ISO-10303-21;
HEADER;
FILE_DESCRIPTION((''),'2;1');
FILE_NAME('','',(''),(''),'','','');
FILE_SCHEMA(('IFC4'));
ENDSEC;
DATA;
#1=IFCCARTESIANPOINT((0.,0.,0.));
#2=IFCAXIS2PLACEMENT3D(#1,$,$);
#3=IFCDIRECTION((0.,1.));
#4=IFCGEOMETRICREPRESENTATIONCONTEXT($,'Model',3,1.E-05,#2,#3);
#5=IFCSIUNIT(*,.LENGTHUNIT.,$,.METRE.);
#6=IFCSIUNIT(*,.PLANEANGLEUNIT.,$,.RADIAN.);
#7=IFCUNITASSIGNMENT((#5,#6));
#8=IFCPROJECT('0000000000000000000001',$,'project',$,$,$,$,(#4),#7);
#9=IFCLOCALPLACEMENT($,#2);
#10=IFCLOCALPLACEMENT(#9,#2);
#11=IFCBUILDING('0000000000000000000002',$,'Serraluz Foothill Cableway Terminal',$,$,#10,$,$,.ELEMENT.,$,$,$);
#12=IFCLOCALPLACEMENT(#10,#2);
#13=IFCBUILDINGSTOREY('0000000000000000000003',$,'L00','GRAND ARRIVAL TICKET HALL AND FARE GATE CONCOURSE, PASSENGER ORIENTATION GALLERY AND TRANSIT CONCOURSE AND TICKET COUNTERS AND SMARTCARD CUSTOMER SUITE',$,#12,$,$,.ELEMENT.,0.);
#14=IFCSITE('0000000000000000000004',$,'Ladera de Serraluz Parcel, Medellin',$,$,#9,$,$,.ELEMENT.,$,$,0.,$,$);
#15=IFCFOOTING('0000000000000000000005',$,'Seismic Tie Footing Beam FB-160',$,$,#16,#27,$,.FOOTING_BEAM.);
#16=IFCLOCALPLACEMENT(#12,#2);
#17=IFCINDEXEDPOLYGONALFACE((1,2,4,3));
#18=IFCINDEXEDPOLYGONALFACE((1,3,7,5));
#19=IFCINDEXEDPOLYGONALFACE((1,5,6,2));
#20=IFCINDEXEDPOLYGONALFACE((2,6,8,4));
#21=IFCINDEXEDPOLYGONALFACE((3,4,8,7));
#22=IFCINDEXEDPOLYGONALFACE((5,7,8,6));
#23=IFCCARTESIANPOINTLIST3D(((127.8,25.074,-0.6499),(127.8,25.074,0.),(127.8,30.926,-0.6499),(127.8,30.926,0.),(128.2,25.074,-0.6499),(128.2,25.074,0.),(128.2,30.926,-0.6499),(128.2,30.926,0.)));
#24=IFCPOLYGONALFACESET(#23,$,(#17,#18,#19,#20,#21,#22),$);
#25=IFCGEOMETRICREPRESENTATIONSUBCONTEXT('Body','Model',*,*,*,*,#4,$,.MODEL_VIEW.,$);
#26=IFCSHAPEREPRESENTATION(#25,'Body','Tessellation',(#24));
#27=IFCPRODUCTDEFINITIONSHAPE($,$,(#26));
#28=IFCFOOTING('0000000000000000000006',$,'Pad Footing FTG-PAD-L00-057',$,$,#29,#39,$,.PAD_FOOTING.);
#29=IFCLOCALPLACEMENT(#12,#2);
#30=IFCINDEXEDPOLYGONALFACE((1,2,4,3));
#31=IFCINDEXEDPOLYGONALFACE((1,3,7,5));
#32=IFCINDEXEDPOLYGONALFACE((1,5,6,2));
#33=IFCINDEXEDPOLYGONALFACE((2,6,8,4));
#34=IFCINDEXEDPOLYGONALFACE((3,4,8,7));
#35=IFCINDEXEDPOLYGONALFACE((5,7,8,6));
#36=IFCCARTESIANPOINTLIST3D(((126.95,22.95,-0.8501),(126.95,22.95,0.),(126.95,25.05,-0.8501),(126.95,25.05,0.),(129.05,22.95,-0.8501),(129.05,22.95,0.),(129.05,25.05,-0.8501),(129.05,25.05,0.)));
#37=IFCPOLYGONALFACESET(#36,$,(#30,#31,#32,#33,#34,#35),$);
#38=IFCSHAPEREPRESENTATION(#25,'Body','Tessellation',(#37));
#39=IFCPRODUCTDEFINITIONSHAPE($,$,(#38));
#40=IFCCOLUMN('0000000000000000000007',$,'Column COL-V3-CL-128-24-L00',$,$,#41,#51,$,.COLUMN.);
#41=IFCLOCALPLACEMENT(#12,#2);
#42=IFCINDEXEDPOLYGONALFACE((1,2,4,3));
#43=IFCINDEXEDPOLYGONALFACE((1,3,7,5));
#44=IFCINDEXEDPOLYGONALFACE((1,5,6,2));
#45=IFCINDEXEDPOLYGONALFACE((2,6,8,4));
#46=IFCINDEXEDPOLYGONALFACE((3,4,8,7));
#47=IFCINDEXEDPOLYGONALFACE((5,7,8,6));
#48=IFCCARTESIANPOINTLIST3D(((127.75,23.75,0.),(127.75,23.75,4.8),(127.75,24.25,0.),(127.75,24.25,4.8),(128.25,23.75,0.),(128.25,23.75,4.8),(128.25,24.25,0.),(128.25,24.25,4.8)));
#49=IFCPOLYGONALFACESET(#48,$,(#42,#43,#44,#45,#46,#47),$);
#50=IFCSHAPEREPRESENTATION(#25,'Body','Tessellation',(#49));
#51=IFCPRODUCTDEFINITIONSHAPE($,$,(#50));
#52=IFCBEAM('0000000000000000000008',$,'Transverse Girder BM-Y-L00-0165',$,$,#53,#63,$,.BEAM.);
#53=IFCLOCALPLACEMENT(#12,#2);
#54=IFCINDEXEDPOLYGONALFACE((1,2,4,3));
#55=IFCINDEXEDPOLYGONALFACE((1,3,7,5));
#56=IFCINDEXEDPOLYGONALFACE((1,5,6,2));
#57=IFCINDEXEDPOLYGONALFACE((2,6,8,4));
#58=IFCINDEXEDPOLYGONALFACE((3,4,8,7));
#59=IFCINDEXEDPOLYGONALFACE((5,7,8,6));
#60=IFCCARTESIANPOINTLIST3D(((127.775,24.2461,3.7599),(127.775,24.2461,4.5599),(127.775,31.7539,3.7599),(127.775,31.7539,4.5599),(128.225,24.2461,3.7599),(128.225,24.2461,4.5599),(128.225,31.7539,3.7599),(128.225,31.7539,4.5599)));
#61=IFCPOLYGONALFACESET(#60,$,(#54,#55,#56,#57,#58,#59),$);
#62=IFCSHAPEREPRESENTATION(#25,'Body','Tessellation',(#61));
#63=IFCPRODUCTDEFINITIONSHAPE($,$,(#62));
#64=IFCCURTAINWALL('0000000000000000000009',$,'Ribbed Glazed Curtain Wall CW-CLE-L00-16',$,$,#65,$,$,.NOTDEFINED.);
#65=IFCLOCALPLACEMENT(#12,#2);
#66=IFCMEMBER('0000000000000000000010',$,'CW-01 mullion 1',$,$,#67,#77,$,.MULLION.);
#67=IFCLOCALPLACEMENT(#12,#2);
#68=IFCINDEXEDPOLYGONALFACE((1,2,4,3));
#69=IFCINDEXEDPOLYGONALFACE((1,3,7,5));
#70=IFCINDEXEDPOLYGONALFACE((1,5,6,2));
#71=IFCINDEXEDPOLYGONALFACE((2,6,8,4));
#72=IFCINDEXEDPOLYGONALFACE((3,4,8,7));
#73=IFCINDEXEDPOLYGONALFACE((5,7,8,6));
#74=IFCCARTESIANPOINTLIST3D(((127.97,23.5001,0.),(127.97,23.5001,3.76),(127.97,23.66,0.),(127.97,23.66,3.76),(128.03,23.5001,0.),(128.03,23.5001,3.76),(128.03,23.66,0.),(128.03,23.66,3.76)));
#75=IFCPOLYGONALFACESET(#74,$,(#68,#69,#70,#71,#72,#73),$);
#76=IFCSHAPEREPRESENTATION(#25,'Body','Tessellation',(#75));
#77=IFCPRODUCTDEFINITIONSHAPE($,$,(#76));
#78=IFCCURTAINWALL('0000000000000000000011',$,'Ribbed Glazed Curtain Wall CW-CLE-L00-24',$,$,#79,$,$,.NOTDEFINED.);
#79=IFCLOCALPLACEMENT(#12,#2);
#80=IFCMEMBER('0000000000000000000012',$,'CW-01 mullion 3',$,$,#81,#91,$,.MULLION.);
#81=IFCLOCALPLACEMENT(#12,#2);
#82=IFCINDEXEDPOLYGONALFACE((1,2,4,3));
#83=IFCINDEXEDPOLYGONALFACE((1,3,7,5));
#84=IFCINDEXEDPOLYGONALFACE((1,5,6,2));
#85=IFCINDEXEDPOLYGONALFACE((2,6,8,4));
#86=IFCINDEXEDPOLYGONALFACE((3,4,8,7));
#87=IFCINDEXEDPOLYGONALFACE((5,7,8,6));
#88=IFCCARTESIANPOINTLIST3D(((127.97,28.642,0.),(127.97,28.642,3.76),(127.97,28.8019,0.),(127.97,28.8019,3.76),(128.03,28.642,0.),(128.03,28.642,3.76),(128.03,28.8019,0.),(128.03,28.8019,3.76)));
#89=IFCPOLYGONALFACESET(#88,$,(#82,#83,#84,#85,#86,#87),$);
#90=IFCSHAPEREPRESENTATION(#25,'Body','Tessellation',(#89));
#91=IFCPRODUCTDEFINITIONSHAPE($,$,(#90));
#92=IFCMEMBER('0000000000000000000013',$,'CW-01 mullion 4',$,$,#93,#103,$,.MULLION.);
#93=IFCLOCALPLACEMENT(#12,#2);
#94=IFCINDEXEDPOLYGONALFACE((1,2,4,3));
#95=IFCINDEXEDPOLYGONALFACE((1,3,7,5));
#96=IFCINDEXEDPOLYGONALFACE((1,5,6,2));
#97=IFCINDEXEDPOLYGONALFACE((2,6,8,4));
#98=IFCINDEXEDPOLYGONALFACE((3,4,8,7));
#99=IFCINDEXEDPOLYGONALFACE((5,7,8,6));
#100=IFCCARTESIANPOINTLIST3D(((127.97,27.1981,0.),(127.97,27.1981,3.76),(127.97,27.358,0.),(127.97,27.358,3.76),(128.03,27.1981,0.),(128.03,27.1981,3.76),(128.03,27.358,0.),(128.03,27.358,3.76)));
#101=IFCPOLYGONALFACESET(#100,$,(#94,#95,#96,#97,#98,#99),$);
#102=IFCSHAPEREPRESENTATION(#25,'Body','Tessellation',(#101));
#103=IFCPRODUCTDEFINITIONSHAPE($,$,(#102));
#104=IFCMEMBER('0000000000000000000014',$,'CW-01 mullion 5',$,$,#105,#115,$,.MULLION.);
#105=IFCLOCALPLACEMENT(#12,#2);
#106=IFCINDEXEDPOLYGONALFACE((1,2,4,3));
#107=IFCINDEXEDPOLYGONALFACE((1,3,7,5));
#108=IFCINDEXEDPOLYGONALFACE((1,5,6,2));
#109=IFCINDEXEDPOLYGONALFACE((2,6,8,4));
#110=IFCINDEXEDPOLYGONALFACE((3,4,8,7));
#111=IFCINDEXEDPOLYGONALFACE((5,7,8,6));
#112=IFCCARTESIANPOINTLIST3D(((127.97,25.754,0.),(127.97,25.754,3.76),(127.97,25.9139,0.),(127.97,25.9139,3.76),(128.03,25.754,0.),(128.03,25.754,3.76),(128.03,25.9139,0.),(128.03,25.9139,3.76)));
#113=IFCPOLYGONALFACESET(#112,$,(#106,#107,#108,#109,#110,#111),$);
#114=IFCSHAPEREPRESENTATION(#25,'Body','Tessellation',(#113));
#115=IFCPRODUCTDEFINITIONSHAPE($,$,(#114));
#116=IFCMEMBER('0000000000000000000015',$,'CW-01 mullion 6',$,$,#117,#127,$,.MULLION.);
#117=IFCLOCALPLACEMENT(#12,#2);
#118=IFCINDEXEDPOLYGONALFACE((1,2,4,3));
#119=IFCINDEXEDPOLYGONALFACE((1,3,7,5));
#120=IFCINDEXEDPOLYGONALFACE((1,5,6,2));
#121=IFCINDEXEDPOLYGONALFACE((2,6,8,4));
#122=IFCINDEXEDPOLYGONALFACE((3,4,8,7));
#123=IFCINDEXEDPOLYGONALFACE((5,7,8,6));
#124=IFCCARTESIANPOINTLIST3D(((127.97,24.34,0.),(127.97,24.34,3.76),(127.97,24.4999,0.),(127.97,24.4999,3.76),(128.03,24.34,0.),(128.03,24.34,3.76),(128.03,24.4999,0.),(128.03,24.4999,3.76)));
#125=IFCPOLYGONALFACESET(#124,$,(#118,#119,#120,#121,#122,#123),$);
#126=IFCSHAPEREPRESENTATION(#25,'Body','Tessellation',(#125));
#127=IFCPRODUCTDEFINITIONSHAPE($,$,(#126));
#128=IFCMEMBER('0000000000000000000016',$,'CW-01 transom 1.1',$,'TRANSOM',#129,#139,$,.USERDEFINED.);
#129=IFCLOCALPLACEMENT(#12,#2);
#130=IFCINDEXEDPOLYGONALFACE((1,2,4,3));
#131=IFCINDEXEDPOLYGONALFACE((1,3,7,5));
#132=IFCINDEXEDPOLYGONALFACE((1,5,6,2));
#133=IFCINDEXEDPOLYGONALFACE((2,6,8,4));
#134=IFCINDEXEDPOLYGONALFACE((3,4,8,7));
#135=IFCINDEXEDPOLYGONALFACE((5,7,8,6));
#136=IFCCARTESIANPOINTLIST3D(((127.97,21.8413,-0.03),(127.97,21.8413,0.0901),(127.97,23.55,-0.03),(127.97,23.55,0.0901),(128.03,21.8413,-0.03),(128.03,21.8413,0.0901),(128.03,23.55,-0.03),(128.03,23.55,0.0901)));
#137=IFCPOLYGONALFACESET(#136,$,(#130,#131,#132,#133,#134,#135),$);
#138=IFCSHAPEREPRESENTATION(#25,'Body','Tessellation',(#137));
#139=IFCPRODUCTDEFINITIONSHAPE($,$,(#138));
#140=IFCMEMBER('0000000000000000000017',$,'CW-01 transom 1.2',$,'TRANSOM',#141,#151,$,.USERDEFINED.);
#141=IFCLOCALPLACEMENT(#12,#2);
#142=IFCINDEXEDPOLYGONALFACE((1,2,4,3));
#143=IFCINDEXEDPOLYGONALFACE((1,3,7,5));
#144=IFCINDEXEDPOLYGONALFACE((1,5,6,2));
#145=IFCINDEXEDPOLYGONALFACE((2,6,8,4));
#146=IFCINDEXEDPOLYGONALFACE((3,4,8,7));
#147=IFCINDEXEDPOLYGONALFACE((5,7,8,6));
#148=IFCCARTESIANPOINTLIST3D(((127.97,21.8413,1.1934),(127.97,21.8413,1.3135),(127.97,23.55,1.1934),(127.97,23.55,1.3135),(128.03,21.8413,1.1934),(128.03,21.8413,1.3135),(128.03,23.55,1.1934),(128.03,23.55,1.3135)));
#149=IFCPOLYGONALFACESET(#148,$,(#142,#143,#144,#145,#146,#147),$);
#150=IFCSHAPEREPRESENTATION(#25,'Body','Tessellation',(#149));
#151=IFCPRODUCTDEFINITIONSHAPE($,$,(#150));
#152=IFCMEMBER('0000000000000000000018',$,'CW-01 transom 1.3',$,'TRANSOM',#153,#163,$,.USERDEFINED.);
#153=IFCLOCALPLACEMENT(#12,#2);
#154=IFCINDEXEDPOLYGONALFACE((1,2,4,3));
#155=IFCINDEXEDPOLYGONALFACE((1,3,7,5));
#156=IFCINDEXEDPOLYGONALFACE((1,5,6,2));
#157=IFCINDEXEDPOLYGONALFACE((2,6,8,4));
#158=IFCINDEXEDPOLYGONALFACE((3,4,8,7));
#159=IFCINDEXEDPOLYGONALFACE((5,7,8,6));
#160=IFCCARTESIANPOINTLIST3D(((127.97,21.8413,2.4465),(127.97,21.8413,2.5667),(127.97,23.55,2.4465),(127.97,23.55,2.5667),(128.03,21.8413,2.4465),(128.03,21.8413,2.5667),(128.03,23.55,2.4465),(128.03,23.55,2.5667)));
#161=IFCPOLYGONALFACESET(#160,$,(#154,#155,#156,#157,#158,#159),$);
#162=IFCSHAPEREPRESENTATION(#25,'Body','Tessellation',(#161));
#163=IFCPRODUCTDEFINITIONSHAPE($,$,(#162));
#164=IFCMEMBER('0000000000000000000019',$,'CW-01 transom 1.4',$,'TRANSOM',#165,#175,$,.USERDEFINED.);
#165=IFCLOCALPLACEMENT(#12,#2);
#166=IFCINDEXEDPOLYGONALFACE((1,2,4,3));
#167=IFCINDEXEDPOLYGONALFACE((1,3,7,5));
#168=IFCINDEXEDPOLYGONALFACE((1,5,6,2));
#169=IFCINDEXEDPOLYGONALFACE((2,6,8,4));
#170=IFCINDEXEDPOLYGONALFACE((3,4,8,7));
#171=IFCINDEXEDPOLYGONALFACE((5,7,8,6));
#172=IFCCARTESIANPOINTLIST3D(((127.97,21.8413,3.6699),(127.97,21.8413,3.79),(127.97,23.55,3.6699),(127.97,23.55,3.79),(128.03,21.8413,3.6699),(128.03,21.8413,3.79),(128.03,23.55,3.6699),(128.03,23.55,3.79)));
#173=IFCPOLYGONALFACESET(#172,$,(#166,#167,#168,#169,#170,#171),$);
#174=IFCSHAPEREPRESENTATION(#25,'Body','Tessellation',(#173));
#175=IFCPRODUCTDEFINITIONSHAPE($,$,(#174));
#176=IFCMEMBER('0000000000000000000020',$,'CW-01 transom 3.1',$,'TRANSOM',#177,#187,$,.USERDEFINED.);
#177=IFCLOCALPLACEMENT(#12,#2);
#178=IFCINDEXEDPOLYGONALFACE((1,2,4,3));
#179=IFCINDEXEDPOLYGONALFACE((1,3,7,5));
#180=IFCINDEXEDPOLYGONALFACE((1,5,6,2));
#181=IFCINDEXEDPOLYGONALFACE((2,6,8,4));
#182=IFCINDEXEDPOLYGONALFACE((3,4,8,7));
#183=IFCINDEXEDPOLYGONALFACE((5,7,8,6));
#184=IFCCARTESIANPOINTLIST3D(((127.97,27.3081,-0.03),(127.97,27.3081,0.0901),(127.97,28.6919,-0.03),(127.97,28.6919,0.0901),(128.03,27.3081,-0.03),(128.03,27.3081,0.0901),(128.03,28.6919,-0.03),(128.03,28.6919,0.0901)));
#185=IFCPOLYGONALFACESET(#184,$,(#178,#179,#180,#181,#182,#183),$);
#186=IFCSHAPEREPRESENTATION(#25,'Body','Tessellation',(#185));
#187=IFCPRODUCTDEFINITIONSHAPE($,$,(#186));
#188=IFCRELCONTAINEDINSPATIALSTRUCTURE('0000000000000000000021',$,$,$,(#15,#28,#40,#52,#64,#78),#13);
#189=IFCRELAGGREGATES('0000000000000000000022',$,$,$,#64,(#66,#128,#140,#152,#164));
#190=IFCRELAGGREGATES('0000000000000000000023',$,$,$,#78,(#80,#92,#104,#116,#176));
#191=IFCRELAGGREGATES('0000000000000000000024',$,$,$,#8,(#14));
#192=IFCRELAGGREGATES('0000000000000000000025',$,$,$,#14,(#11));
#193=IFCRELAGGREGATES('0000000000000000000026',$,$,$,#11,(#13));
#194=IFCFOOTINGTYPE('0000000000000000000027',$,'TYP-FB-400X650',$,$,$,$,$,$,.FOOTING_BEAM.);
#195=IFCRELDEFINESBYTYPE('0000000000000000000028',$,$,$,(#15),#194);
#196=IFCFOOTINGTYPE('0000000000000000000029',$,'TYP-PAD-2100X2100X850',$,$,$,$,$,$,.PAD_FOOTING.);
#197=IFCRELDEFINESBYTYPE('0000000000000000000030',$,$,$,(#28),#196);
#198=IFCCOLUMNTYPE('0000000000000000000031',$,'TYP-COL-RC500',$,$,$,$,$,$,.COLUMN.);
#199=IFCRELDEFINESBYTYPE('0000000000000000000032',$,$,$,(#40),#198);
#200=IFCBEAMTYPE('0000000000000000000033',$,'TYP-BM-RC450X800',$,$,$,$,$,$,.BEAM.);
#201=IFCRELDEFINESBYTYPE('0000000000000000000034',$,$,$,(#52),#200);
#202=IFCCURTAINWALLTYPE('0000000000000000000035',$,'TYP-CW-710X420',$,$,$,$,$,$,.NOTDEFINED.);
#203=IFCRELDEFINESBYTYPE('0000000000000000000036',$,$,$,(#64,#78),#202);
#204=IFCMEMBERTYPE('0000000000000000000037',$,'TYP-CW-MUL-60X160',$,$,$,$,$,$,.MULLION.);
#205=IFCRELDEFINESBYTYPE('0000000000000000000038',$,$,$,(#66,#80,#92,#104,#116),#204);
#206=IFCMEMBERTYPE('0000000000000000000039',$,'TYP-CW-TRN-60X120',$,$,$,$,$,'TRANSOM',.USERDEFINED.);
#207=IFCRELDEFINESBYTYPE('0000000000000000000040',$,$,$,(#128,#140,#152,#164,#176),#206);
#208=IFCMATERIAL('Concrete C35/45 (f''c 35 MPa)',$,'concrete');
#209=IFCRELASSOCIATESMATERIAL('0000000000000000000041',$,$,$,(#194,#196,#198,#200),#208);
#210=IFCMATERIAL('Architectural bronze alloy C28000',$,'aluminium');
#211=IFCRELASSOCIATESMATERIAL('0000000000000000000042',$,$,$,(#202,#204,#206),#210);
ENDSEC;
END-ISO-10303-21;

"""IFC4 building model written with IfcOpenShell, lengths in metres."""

from ifc_helpers import new_model, si_unit, direction, frame, origin, origin_2d, place, context, subcontext, project, spatial, rectangle, extrude, material, material_profile, profile_set, type_object, element, aggregate, save


model = new_model("IFC4")

# Units and contexts
model_context = context("Model", 3, precision=1e-05, world=origin(), true_north=direction((0.0, 1.0)))
body_context = subcontext(model_context, "Body", "Model", "MODEL_VIEW")
ifc_project = project(units=[si_unit("LENGTHUNIT", "METRE"), si_unit("PLANEANGLEUNIT", "RADIAN")], contexts=[model_context])

# Site, building, storey
site_placement = place(None, origin())
site = spatial("IfcSite", under=ifc_project, at=site_placement, Name="Ladera de Serraluz Parcel, Medellin", CompositionType="ELEMENT", RefElevation=0.0)
building_placement = place(site_placement, origin())
building = spatial("IfcBuilding", under=site, at=building_placement, Name="Serraluz Foothill Cableway Terminal", CompositionType="ELEMENT")
storey_placement = place(building_placement, origin())
storey = spatial("IfcBuildingStorey", under=building, at=storey_placement, Name="L00", Description="GRAND ARRIVAL TICKET HALL AND FARE GATE CONCOURSE, PASSENGER ORIENTATION GALLERY AND TRANSIT CONCOURSE AND TICKET COUNTERS AND SMARTCARD CUSTOMER SUITE", CompositionType="ELEMENT", Elevation=0.0)

# Footings
ifc_material_1 = material(Name="Concrete C35/45 (f'c 35 MPa)", Category="concrete")
ifc_material_profile_1 = material_profile(ifc_material_1, rectangle(XDim=0.3999, YDim=0.6499, at=origin_2d()), Name="RC 400x650")
ifc_profile_set_1 = profile_set([ifc_material_profile_1], Name="Concrete C35/45 (f'c 35 MPa)")
footing_type_1 = type_object("IfcFootingType", Name="TYP-FB-400X650", PredefinedType="FOOTING_BEAM", material=ifc_profile_set_1)
footing_1_placement = place(storey_placement, frame((128.0, 25.074, -0.325), z_axis=(0.0, 1.0, 0.0), x_axis=(-1.0, 0.0, 0.0)))
element("IfcFooting", 1, at=footing_1_placement, inside=storey, type_object=footing_type_1, Name="Seismic Tie Footing Beam FB-160", PredefinedType="FOOTING_BEAM", context=body_context, shape_type="SweptSolid", body=[
    extrude(rectangle(XDim=0.3999, YDim=0.6499, at=origin_2d()), origin(), (0.0, 0.0, 1.0), 5.8521),
])
footing_type_2 = type_object("IfcFootingType", Name="TYP-PAD-2100X2100X850", PredefinedType="PAD_FOOTING", material=ifc_material_1)
footing_2_placement = place(storey_placement, frame((128.0, 24.0, -0.8501), z_axis=(0.0, 0.0, 1.0), x_axis=(1.0, 0.0, 0.0)))
element("IfcFooting", 2, at=footing_2_placement, inside=storey, type_object=footing_type_2, Name="Pad Footing FTG-PAD-L00-057", PredefinedType="PAD_FOOTING", context=body_context, shape_type="SweptSolid", body=[
    extrude(rectangle(XDim=2.1001, YDim=2.1001, at=origin_2d()), origin(), (0.0, 0.0, 1.0), 0.8501),
])

# Column
ifc_material_profile_2 = material_profile(ifc_material_1, rectangle(XDim=0.5, YDim=0.5, at=origin_2d()), Name="RC 500x500")
ifc_profile_set_2 = profile_set([ifc_material_profile_2], Name="Concrete C35/45 (f'c 35 MPa)")
column_type = type_object("IfcColumnType", Name="TYP-COL-RC500", PredefinedType="COLUMN", material=ifc_profile_set_2)
column_placement = place(storey_placement, frame((128.0, 24.0, 0.0), z_axis=(0.0, 0.0, 1.0), x_axis=(1.0, 0.0, 0.0)))
element("IfcColumn", 3, at=column_placement, inside=storey, type_object=column_type, Name="Column COL-V3-CL-128-24-L00", PredefinedType="COLUMN", context=body_context, shape_type="SweptSolid", body=[
    extrude(rectangle(XDim=0.5, YDim=0.5, at=origin_2d()), origin(), (0.0, 0.0, 1.0), 4.8),
])

# Beam
ifc_material_profile_3 = material_profile(ifc_material_1, rectangle(XDim=0.45, YDim=0.8, at=origin_2d()), Name="RC 450x800")
ifc_profile_set_3 = profile_set([ifc_material_profile_3], Name="Concrete C35/45 (f'c 35 MPa)")
beam_type_1 = type_object("IfcBeamType", Name="TYP-BM-RC450X800", PredefinedType="BEAM", material=ifc_profile_set_3)
beam_1_placement = place(storey_placement, frame((128.0, 24.2461, 4.1599), z_axis=(0.0, 1.0, 0.0), x_axis=(-1.0, 0.0, 0.0)))
element("IfcBeam", 4, at=beam_1_placement, inside=storey, type_object=beam_type_1, Name="Transverse Girder BM-Y-L00-0165", PredefinedType="BEAM", context=body_context, shape_type="SweptSolid", body=[
    extrude(rectangle(XDim=0.45, YDim=0.8, at=origin_2d()), origin(), (0.0, 0.0, 1.0), 7.5078),
])

# Curtain wall, member
ifc_material_2 = material(Name="Architectural bronze alloy C28000", Category="aluminium")
curtain_wall_type = type_object("IfcCurtainWallType", Name="TYP-CW-710X420", PredefinedType="NOTDEFINED", material=ifc_material_2)
curtain_wall_1_placement = place(storey_placement, origin())
curtain_wall_1 = element("IfcCurtainWall", 5, at=curtain_wall_1_placement, inside=storey, type_object=curtain_wall_type, Name="Ribbed Glazed Curtain Wall CW-CLE-L00-16", PredefinedType="NOTDEFINED")
ifc_material_profile_4 = material_profile(ifc_material_2, rectangle(XDim=0.0601, YDim=0.1599, at=origin_2d()), Name="ALU MULLION 60x160")
ifc_profile_set_4 = profile_set([ifc_material_profile_4], Name="Architectural bronze alloy C28000")
member_type_1 = type_object("IfcMemberType", Name="TYP-CW-MUL-60X160", PredefinedType="MULLION", material=ifc_profile_set_4)
member_1_placement = place(storey_placement, frame((128.0, 23.5801, 0.0), z_axis=(0.0, 0.0, 1.0), x_axis=(1.0, 0.0, 0.0)))
member_1 = element("IfcMember", 6, at=member_1_placement, type_object=member_type_1, Name="CW-01 mullion 1", PredefinedType="MULLION", context=body_context, shape_type="SweptSolid", body=[
    extrude(rectangle(XDim=0.0601, YDim=0.1599, at=origin_2d()), origin(), (0.0, 0.0, 1.0), 3.76),
])

# Curtain wall, members
curtain_wall_2_placement = place(storey_placement, origin())
curtain_wall_2 = element("IfcCurtainWall", 7, at=curtain_wall_2_placement, inside=storey, type_object=curtain_wall_type, Name="Ribbed Glazed Curtain Wall CW-CLE-L00-24", PredefinedType="NOTDEFINED")
member_2_placement = place(storey_placement, frame((128.0, 28.7219, 0.0), z_axis=(0.0, 0.0, 1.0), x_axis=(1.0, 0.0, 0.0)))
member_2 = element("IfcMember", 8, at=member_2_placement, type_object=member_type_1, Name="CW-01 mullion 3", PredefinedType="MULLION", context=body_context, shape_type="SweptSolid", body=[
    extrude(rectangle(XDim=0.0601, YDim=0.1599, at=origin_2d()), origin(), (0.0, 0.0, 1.0), 3.76),
])
member_3_placement = place(storey_placement, frame((128.0, 27.2781, 0.0), z_axis=(0.0, 0.0, 1.0), x_axis=(1.0, 0.0, 0.0)))
member_3 = element("IfcMember", 9, at=member_3_placement, type_object=member_type_1, Name="CW-01 mullion 4", PredefinedType="MULLION", context=body_context, shape_type="SweptSolid", body=[
    extrude(rectangle(XDim=0.0601, YDim=0.1599, at=origin_2d()), origin(), (0.0, 0.0, 1.0), 3.76),
])
member_4_placement = place(storey_placement, frame((128.0, 25.834, 0.0), z_axis=(0.0, 0.0, 1.0), x_axis=(1.0, 0.0, 0.0)))
member_4 = element("IfcMember", 10, at=member_4_placement, type_object=member_type_1, Name="CW-01 mullion 5", PredefinedType="MULLION", context=body_context, shape_type="SweptSolid", body=[
    extrude(rectangle(XDim=0.0601, YDim=0.1599, at=origin_2d()), origin(), (0.0, 0.0, 1.0), 3.76),
])
member_5_placement = place(storey_placement, frame((128.0, 24.4199, 0.0), z_axis=(0.0, 0.0, 1.0), x_axis=(1.0, 0.0, 0.0)))
member_5 = element("IfcMember", 11, at=member_5_placement, type_object=member_type_1, Name="CW-01 mullion 6", PredefinedType="MULLION", context=body_context, shape_type="SweptSolid", body=[
    extrude(rectangle(XDim=0.0601, YDim=0.1599, at=origin_2d()), origin(), (0.0, 0.0, 1.0), 3.76),
])

# Members
ifc_material_profile_5 = material_profile(ifc_material_2, rectangle(XDim=0.0601, YDim=0.1201, at=origin_2d()), Name="ALU TRANSOM 60x120")
ifc_profile_set_5 = profile_set([ifc_material_profile_5], Name="Architectural bronze alloy C28000")
member_type_2 = type_object("IfcMemberType", Name="TYP-CW-TRN-60X120", ElementType="TRANSOM", PredefinedType="USERDEFINED", material=ifc_profile_set_5)
member_6_placement = place(storey_placement, frame((128.0, 23.55, 0.03), z_axis=(0.0, -1.0, 0.0), x_axis=(1.0, 0.0, 0.0)))
member_6 = element("IfcMember", 12, at=member_6_placement, type_object=member_type_2, Name="CW-01 transom 1.1", ObjectType="TRANSOM", PredefinedType="USERDEFINED", context=body_context, shape_type="SweptSolid", body=[
    extrude(rectangle(XDim=0.0601, YDim=0.1201, at=origin_2d()), origin(), (0.0, 0.0, 1.0), 1.7087),
])
member_7_placement = place(storey_placement, frame((128.0, 23.55, 1.2534), z_axis=(0.0, -1.0, 0.0), x_axis=(1.0, 0.0, 0.0)))
member_7 = element("IfcMember", 13, at=member_7_placement, type_object=member_type_2, Name="CW-01 transom 1.2", ObjectType="TRANSOM", PredefinedType="USERDEFINED", context=body_context, shape_type="SweptSolid", body=[
    extrude(rectangle(XDim=0.0601, YDim=0.1201, at=origin_2d()), origin(), (0.0, 0.0, 1.0), 1.7087),
])
member_8_placement = place(storey_placement, frame((128.0, 23.55, 2.5066), z_axis=(0.0, -1.0, 0.0), x_axis=(1.0, 0.0, 0.0)))
member_8 = element("IfcMember", 14, at=member_8_placement, type_object=member_type_2, Name="CW-01 transom 1.3", ObjectType="TRANSOM", PredefinedType="USERDEFINED", context=body_context, shape_type="SweptSolid", body=[
    extrude(rectangle(XDim=0.0601, YDim=0.1201, at=origin_2d()), origin(), (0.0, 0.0, 1.0), 1.7087),
])
member_9_placement = place(storey_placement, frame((128.0, 23.55, 3.73), z_axis=(0.0, -1.0, 0.0), x_axis=(1.0, 0.0, 0.0)))
member_9 = element("IfcMember", 15, at=member_9_placement, type_object=member_type_2, Name="CW-01 transom 1.4", ObjectType="TRANSOM", PredefinedType="USERDEFINED", context=body_context, shape_type="SweptSolid", body=[
    extrude(rectangle(XDim=0.0601, YDim=0.1201, at=origin_2d()), origin(), (0.0, 0.0, 1.0), 1.7087),
])
member_10_placement = place(storey_placement, frame((128.0, 28.6919, 0.03), z_axis=(0.0, -1.0, 0.0), x_axis=(1.0, 0.0, 0.0)))
member_10 = element("IfcMember", 16, at=member_10_placement, type_object=member_type_2, Name="CW-01 transom 3.1", ObjectType="TRANSOM", PredefinedType="USERDEFINED", context=body_context, shape_type="SweptSolid", body=[
    extrude(rectangle(XDim=0.0601, YDim=0.1201, at=origin_2d()), origin(), (0.0, 0.0, 1.0), 1.3838),
])

aggregate(curtain_wall_1, [member_1, member_6, member_7, member_8, member_9])
aggregate(curtain_wall_2, [member_2, member_3, member_4, member_5, member_10])

save(model, "model.ifc")
